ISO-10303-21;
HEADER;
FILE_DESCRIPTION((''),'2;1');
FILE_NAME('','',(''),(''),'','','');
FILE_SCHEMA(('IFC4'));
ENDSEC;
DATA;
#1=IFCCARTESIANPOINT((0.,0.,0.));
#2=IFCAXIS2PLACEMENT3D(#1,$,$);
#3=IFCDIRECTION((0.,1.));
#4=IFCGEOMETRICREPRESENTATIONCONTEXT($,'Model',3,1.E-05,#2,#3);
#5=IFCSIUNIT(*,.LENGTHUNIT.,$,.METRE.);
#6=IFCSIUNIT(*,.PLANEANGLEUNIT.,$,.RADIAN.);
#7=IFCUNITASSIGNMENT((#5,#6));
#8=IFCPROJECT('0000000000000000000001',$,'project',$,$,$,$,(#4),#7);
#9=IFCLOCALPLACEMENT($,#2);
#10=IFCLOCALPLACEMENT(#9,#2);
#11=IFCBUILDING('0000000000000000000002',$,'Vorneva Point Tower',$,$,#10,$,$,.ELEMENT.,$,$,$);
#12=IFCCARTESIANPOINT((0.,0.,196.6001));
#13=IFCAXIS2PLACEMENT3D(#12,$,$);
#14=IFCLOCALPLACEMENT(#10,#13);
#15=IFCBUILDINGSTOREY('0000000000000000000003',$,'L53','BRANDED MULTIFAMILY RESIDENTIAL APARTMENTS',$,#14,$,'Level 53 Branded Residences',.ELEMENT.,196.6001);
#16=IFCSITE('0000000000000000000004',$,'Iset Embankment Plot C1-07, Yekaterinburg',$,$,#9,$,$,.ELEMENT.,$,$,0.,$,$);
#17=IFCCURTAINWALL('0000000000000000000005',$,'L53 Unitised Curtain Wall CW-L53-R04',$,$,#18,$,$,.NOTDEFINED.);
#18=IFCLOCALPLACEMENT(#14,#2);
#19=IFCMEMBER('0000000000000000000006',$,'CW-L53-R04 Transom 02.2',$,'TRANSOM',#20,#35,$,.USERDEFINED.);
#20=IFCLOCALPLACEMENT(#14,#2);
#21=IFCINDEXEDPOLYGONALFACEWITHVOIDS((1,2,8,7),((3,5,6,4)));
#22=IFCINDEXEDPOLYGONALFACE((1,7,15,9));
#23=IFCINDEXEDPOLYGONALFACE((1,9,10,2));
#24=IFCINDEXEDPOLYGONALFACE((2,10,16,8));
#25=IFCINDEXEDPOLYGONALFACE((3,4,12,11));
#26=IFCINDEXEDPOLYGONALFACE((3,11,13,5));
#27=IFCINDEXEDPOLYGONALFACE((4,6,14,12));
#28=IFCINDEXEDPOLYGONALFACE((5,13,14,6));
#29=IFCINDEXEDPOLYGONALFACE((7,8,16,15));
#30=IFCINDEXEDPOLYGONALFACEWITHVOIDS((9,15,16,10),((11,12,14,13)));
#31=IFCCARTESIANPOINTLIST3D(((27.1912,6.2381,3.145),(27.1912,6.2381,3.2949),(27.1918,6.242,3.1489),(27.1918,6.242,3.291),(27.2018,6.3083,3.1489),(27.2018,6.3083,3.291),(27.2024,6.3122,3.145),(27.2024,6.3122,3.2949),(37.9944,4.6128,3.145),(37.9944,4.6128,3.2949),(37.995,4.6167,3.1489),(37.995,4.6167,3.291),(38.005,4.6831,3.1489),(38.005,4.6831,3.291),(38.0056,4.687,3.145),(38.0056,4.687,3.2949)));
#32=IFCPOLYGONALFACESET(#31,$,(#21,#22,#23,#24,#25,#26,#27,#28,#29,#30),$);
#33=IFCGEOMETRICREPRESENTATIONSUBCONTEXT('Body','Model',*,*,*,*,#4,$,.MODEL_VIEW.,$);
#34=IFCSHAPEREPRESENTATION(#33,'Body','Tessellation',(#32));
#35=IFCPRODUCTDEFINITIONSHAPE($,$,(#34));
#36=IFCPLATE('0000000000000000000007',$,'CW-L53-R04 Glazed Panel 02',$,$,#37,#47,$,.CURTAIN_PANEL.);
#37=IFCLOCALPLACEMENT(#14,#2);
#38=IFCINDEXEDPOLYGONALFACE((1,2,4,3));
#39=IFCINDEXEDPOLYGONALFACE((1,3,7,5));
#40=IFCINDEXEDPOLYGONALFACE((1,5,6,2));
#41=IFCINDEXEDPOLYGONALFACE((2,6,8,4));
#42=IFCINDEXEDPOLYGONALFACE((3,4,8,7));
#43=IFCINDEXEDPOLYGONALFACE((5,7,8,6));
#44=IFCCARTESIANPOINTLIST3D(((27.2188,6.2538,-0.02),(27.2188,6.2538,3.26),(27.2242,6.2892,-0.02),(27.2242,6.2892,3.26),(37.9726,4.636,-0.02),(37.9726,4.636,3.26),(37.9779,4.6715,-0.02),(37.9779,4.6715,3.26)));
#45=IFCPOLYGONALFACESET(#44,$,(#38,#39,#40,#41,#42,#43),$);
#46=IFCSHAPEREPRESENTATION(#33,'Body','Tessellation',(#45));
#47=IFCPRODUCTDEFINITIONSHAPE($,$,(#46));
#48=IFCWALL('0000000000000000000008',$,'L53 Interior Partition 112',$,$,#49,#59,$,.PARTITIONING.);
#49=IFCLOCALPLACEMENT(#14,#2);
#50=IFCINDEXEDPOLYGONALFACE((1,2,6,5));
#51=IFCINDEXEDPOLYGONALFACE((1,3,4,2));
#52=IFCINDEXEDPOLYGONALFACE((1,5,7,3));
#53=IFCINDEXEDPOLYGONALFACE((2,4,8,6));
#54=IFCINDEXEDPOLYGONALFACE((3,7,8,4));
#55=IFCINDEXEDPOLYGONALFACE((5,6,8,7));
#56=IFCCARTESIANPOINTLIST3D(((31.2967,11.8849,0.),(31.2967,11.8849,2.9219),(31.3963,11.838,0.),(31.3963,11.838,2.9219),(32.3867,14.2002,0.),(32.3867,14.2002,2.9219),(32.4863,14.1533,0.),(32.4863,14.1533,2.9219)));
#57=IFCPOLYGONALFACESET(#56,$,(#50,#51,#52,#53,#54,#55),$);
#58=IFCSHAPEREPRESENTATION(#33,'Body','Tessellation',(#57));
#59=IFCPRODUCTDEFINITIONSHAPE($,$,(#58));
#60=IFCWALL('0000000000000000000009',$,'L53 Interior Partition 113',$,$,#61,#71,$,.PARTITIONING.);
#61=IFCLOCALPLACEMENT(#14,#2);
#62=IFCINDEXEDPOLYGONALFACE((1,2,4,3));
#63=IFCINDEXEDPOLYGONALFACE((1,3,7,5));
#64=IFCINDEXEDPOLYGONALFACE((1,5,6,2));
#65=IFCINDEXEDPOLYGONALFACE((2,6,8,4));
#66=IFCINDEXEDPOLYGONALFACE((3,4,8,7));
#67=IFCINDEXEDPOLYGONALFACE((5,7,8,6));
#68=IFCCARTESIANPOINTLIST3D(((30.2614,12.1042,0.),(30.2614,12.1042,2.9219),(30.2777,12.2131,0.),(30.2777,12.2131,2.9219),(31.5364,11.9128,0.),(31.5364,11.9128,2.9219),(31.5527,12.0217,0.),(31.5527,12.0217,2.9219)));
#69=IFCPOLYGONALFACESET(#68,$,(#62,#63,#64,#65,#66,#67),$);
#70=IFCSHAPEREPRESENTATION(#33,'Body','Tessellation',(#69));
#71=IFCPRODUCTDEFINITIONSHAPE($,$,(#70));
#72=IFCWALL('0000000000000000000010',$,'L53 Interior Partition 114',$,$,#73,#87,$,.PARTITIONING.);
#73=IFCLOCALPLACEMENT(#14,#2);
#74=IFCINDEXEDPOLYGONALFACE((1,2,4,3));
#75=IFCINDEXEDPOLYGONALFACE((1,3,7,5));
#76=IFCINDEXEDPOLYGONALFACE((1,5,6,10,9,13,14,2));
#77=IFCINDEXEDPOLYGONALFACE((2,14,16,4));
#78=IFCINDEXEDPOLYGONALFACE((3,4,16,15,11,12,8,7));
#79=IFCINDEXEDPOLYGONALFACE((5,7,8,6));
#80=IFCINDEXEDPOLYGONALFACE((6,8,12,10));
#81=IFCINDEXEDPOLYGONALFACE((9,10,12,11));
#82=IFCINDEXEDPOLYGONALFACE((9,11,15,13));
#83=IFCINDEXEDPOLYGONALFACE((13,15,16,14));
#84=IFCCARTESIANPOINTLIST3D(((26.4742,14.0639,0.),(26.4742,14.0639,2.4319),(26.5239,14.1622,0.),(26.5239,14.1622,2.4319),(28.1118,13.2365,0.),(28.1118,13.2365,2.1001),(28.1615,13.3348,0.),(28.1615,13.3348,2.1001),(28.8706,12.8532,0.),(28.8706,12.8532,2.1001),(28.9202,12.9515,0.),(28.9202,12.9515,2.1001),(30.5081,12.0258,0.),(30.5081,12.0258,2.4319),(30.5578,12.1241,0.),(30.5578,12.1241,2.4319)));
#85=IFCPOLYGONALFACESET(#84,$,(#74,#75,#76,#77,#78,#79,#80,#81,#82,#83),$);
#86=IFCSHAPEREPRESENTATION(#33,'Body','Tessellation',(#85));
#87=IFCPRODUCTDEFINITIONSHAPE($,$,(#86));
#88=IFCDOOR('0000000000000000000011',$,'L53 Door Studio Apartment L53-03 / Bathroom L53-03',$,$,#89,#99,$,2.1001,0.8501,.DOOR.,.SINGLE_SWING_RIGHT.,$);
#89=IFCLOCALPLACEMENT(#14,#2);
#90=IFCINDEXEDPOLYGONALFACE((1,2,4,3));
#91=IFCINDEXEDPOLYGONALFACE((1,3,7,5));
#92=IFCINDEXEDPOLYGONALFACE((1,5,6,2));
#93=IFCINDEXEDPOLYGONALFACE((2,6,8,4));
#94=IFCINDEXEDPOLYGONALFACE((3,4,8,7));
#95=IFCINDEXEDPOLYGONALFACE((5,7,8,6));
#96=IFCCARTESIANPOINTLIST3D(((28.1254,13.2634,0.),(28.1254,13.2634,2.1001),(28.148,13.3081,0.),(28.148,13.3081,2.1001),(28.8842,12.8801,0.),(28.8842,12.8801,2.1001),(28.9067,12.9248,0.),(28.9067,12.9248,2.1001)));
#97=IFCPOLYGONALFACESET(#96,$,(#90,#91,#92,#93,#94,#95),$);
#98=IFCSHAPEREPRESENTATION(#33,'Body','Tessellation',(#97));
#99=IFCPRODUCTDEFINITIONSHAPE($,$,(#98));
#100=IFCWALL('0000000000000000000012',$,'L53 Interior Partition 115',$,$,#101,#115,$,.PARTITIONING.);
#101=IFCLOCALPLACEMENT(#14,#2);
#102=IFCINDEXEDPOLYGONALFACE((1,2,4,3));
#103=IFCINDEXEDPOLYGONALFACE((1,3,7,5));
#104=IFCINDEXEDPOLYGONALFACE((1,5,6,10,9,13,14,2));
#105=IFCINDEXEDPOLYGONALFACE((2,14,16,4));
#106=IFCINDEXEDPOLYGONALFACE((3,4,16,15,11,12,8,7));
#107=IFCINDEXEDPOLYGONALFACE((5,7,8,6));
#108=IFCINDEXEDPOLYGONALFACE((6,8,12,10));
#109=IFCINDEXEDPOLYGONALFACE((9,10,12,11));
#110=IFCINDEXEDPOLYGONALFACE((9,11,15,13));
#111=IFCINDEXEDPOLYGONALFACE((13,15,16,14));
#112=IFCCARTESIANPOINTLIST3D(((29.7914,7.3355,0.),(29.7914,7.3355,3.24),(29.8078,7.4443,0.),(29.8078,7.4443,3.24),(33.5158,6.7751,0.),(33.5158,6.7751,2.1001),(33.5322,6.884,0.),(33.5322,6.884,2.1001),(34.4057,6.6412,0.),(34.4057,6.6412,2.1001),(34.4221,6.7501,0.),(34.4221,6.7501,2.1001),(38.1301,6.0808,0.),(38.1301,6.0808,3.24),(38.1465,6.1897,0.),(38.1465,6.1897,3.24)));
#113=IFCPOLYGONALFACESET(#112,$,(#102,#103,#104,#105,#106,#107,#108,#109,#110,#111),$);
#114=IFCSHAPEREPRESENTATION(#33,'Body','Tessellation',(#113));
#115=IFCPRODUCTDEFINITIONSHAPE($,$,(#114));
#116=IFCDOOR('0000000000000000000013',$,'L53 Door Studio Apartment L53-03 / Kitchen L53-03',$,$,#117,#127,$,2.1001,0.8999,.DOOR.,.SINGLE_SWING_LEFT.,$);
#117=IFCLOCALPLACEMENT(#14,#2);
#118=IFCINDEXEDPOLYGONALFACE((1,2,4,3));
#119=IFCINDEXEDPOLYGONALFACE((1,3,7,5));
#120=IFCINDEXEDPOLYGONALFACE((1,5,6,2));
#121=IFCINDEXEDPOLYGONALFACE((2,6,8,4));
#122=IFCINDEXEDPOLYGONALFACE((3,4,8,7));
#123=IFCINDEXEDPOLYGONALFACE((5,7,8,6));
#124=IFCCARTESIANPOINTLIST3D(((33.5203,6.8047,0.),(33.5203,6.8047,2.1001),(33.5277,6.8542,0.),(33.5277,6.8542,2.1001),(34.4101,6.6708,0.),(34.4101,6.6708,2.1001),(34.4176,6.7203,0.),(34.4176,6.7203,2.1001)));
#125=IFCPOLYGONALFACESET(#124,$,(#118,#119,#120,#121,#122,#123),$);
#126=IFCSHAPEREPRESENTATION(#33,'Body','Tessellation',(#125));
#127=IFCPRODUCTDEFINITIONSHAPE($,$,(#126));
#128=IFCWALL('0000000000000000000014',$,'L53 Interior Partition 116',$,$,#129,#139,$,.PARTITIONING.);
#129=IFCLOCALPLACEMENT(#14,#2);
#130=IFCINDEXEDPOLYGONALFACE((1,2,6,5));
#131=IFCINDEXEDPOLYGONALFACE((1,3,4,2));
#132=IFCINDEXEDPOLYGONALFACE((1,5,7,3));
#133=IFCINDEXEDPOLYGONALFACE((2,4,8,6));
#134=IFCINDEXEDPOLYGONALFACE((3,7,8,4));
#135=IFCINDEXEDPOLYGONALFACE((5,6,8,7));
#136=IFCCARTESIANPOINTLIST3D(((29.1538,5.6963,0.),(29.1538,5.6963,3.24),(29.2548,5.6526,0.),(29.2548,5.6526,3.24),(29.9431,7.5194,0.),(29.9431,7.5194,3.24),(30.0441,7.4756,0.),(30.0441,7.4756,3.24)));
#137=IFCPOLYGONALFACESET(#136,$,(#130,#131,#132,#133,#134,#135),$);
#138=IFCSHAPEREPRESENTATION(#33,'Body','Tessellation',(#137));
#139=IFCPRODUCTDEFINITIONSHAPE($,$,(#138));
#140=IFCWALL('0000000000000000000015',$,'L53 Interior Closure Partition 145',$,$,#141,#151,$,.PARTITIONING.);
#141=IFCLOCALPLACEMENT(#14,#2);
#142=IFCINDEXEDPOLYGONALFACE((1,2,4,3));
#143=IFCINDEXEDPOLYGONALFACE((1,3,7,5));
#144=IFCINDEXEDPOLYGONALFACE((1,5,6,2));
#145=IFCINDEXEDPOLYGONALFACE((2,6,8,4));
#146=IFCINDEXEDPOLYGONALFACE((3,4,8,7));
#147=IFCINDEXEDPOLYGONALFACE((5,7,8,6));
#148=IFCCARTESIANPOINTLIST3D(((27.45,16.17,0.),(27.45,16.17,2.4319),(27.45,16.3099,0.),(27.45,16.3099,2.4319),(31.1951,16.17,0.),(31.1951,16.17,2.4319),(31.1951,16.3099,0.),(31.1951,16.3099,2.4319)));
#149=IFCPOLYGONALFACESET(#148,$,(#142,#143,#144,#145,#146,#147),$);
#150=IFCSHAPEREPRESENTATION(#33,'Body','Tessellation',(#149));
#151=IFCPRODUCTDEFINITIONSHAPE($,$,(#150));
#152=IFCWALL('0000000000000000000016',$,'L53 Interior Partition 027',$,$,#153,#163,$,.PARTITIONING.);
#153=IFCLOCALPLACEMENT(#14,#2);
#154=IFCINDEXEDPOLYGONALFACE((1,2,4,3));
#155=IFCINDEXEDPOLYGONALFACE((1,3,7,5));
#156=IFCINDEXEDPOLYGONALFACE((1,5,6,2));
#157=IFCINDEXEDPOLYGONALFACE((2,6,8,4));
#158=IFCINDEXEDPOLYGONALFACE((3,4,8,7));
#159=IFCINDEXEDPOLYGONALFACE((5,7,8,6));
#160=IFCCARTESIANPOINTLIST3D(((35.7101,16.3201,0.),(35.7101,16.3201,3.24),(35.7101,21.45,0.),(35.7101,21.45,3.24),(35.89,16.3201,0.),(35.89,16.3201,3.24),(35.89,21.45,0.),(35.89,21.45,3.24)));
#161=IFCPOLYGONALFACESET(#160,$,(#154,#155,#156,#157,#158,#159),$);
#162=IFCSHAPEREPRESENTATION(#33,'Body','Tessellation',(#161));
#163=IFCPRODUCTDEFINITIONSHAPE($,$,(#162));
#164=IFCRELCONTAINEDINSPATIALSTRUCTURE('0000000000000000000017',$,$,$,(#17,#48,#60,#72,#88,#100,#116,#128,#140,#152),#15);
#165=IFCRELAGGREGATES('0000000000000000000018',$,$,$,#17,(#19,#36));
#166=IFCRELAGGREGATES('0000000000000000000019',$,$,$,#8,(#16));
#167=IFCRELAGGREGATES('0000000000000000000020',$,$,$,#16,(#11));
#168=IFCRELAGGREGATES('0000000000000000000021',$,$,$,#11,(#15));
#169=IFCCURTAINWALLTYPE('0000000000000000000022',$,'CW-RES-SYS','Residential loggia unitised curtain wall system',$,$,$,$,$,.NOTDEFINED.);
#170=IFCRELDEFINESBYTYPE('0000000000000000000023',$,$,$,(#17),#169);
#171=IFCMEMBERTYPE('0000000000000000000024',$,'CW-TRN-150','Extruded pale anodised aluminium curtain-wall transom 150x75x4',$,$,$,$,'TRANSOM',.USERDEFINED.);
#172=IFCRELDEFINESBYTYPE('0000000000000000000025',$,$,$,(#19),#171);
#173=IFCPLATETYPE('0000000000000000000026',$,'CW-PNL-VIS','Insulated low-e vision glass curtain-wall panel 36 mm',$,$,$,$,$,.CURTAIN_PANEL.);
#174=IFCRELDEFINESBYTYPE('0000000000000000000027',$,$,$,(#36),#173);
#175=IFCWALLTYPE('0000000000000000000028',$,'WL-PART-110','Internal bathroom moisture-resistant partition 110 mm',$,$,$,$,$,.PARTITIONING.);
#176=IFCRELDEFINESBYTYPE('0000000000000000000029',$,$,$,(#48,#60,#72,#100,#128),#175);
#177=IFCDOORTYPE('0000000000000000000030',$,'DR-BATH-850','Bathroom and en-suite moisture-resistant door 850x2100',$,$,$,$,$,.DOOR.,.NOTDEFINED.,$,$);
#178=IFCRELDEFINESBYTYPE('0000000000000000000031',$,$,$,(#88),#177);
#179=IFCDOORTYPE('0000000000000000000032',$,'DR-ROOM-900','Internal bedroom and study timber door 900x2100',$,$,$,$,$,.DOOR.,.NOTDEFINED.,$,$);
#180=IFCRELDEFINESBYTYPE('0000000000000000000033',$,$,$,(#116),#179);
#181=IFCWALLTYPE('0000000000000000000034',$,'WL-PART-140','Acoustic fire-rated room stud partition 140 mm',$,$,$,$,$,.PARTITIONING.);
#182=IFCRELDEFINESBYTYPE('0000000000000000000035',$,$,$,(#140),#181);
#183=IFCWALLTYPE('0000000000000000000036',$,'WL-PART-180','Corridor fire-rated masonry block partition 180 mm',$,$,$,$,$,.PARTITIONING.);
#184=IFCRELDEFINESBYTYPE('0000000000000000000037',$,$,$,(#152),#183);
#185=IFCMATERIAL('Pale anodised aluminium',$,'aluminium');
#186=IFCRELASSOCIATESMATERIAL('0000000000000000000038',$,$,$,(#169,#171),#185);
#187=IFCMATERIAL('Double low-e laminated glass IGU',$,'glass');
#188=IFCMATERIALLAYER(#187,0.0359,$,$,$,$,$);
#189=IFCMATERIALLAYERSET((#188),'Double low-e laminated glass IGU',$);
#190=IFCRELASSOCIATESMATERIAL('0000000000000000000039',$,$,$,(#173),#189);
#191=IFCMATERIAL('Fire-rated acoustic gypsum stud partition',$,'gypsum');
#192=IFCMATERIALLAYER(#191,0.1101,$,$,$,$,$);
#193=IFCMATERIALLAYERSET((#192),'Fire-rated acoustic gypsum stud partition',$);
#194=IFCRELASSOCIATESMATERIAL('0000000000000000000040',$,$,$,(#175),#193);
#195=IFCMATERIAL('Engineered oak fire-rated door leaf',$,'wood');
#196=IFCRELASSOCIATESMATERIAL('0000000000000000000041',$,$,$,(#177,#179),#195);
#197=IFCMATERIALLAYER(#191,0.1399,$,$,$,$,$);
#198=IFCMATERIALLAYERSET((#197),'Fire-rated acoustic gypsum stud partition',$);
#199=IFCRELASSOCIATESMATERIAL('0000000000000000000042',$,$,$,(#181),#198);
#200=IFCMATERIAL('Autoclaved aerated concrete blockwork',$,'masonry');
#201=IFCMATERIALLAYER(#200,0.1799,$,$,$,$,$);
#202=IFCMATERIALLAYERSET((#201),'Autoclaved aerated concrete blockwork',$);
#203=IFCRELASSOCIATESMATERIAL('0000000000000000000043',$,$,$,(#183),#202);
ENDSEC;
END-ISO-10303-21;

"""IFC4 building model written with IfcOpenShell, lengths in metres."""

from ifc_helpers import new_model, si_unit, direction, frame, frame_2d, origin, origin_2d, place, context, subcontext, project, spatial, rectangle, hollow_rectangle, extrude, material, layer, layer_set, material_profile, profile_set, type_object, element, fill, aggregate, save


model = new_model("IFC4")

# Units and contexts
model_context = context("Model", 3, precision=1e-05, world=origin(), true_north=direction((0.0, 1.0)))
body_context = subcontext(model_context, "Body", "Model", "MODEL_VIEW")
ifc_project = project(units=[si_unit("LENGTHUNIT", "METRE"), si_unit("PLANEANGLEUNIT", "RADIAN")], contexts=[model_context])

# Site, building, storey
site_placement = place(None, origin())
site = spatial("IfcSite", under=ifc_project, at=site_placement, Name="Iset Embankment Plot C1-07, Yekaterinburg", CompositionType="ELEMENT", RefElevation=0.0)
building_placement = place(site_placement, origin())
building = spatial("IfcBuilding", under=site, at=building_placement, Name="Vorneva Point Tower", CompositionType="ELEMENT")
storey_placement = place(building_placement, frame((0.0, 0.0, 196.6001)))
storey = spatial("IfcBuildingStorey", under=building, at=storey_placement, Name="L53", Description="BRANDED MULTIFAMILY RESIDENTIAL APARTMENTS", LongName="Level 53 Branded Residences", CompositionType="ELEMENT", Elevation=196.6001)

# Curtain wall, member, plate
ifc_material_1 = material(Name="Pale anodised aluminium", Category="aluminium")
curtain_wall_type = type_object("IfcCurtainWallType", Name="CW-RES-SYS", Description="Residential loggia unitised curtain wall system", PredefinedType="NOTDEFINED", material=ifc_material_1)
curtain_wall_placement = place(storey_placement, origin())
curtain_wall = element("IfcCurtainWall", 1, at=curtain_wall_placement, inside=storey, type_object=curtain_wall_type, Name="L53 Unitised Curtain Wall CW-L53-R04", PredefinedType="NOTDEFINED")
ifc_material_profile_1 = material_profile(ifc_material_1, hollow_rectangle(XDim=0.075, YDim=0.1499, WallThickness=0.0039, at=origin_2d()), Name="AL-TRN 150x75x4")
ifc_profile_set_1 = profile_set([ifc_material_profile_1], Name="Pale anodised aluminium")
member_type_1 = type_object("IfcMemberType", Name="CW-TRN-150", Description="Extruded pale anodised aluminium curtain-wall transom 150x75x4", ElementType="TRANSOM", PredefinedType="USERDEFINED", material=ifc_profile_set_1)
member_1_placement = place(storey_placement, frame((27.1968, 6.2751, 3.22), z_axis=(0.988872, -0.148767, 0.0), x_axis=(0.148767, 0.988872, 0.0)))
member_1 = element("IfcMember", 2, at=member_1_placement, type_object=member_type_1, Name="CW-L53-R04 Transom 02.2", ObjectType="TRANSOM", PredefinedType="USERDEFINED", context=body_context, shape_type="SweptSolid", body=[
    extrude(hollow_rectangle(XDim=0.075, YDim=0.1499, WallThickness=0.0039, at=origin_2d()), origin(), (0.0, 0.0, 1.0), 10.9248),
])
ifc_material_2 = material(Name="Double low-e laminated glass IGU", Category="glass")
ifc_layer_1 = layer(ifc_material_2, 0.0359)
ifc_layer_set_1 = layer_set([ifc_layer_1], Name="Double low-e laminated glass IGU")
plate_type = type_object("IfcPlateType", Name="CW-PNL-VIS", Description="Insulated low-e vision glass curtain-wall panel 36 mm", PredefinedType="CURTAIN_PANEL", material=ifc_layer_set_1)
plate_placement = place(storey_placement, frame((32.5984, 5.4626, -0.02), z_axis=(0.0, 0.0, 1.0), x_axis=(0.988874, -0.148759, 0.0)))
plate = element("IfcPlate", 3, at=plate_placement, type_object=plate_type, Name="CW-L53-R04 Glazed Panel 02", PredefinedType="CURTAIN_PANEL", context=body_context, shape_type="SweptSolid", body=[
    extrude(rectangle(XDim=10.8748, YDim=0.0359, at=origin_2d()), origin(), (0.0, 0.0, 1.0), 3.28),
])
aggregate(curtain_wall, [member_1, plate])

# Walls
ifc_material_3 = material(Name="Fire-rated acoustic gypsum stud partition", Category="gypsum")
ifc_layer_2 = layer(ifc_material_3, 0.1101)
ifc_layer_set_2 = layer_set([ifc_layer_2], Name="Fire-rated acoustic gypsum stud partition")
wall_type_1 = type_object("IfcWallType", Name="WL-PART-110", Description="Internal bathroom moisture-resistant partition 110 mm", PredefinedType="PARTITIONING", material=ifc_layer_set_2)
wall_1_placement = place(storey_placement, frame((32.4365, 14.1768, 0.0), z_axis=(0.0, 0.0, 1.0), x_axis=(-0.425949, -0.904747, 0.0)))
element("IfcWall", 4, at=wall_1_placement, inside=storey, type_object=wall_type_1, Name="L53 Interior Partition 112", PredefinedType="PARTITIONING", context=body_context, shape_type="SweptSolid", body=[
    extrude(rectangle(XDim=2.5591, YDim=0.1101, at=frame_2d((1.2795, 0.0))), origin(), (0.0, 0.0, 1.0), 2.9219),
])
wall_2_placement = place(storey_placement, frame((31.5444, 11.9673, 0.0), z_axis=(0.0, 0.0, 1.0), x_axis=(-0.988917, 0.14847, 0.0)))
element("IfcWall", 5, at=wall_2_placement, inside=storey, type_object=wall_type_1, Name="L53 Interior Partition 113", PredefinedType="PARTITIONING", context=body_context, shape_type="SweptSolid", body=[
    extrude(rectangle(XDim=1.2893, YDim=0.1101, at=frame_2d((0.6445, 0.0))), origin(), (0.0, 0.0, 1.0), 2.9219),
])

# Walls, openings, doors
wall_3_placement = place(storey_placement, frame((30.533, 12.075, 0.0), z_axis=(0.0, 0.0, 1.0), x_axis=(-0.89255, 0.450948, 0.0)))
wall_3 = element("IfcWall", 6, at=wall_3_placement, inside=storey, type_object=wall_type_1, Name="L53 Interior Partition 114", PredefinedType="PARTITIONING", context=body_context, shape_type="SweptSolid", body=[
    extrude(rectangle(XDim=4.5195, YDim=0.1101, at=frame_2d((2.2598, 0.0))), origin(), (0.0, 0.0, 1.0), 2.4319),
])
opening_1_placement = place(wall_3_placement, frame((1.8347, 0.0, 0.0)))
opening_1 = element("IfcOpeningElement", 7, at=opening_1_placement, cuts=wall_3, PredefinedType="OPENING", context=body_context, shape_type="SweptSolid", body=[
    extrude(rectangle(XDim=0.8501, YDim=2.1001, at=frame_2d((0.425, 1.05))), frame((0.0, 0.0698, 0.0), z_axis=(0.0, -1.0, 0.0), x_axis=(1.0, 0.0, 0.0)), (0.0, 0.0, 1.0), 0.1399),
])
ifc_material_4 = material(Name="Engineered oak fire-rated door leaf", Category="wood")
door_type_1 = type_object("IfcDoorType", Name="DR-BATH-850", Description="Bathroom and en-suite moisture-resistant door 850x2100", OperationType="NOTDEFINED", PredefinedType="DOOR", material=ifc_material_4)
door_1_placement = place(opening_1_placement, origin())
door_1 = element("IfcDoor", 8, at=door_1_placement, inside=storey, type_object=door_type_1, Name="L53 Door Studio Apartment L53-03 / Bathroom L53-03", OperationType="SINGLE_SWING_RIGHT", OverallHeight=2.1001, OverallWidth=0.8501, PredefinedType="DOOR", context=body_context, shape_type="SweptSolid", body=[
    extrude(rectangle(XDim=0.8501, YDim=2.1001, at=frame_2d((0.425, 1.05))), frame((0.0, 0.0249, 0.0), z_axis=(0.0, -1.0, 0.0), x_axis=(1.0, 0.0, 0.0)), (0.0, 0.0, 1.0), 0.05),
])
fill(opening_1, door_1)
wall_4_placement = place(storey_placement, frame((29.7996, 7.3899, 0.0), z_axis=(0.0, 0.0, 1.0), x_axis=(0.98887, -0.148782, 0.0)))
wall_4 = element("IfcWall", 9, at=wall_4_placement, inside=storey, type_object=wall_type_1, Name="L53 Interior Partition 115", PredefinedType="PARTITIONING", context=body_context, shape_type="SweptSolid", body=[
    extrude(rectangle(XDim=8.4326, YDim=0.1101, at=frame_2d((4.2163, 0.0))), origin(), (0.0, 0.0, 1.0), 3.24),
])
opening_2_placement = place(wall_4_placement, frame((3.7664, 0.0, 0.0)))
opening_2 = element("IfcOpeningElement", 10, at=opening_2_placement, cuts=wall_4, PredefinedType="OPENING", context=body_context, shape_type="SweptSolid", body=[
    extrude(rectangle(XDim=0.8999, YDim=2.1001, at=frame_2d((0.45, 1.05))), frame((0.0, 0.0698, 0.0), z_axis=(0.0, -1.0, 0.0), x_axis=(1.0, 0.0, 0.0)), (0.0, 0.0, 1.0), 0.1399),
])
door_type_2 = type_object("IfcDoorType", Name="DR-ROOM-900", Description="Internal bedroom and study timber door 900x2100", OperationType="NOTDEFINED", PredefinedType="DOOR", material=ifc_material_4)
door_2_placement = place(opening_2_placement, origin())
door_2 = element("IfcDoor", 11, at=door_2_placement, inside=storey, type_object=door_type_2, Name="L53 Door Studio Apartment L53-03 / Kitchen L53-03", OperationType="SINGLE_SWING_LEFT", OverallHeight=2.1001, OverallWidth=0.8999, PredefinedType="DOOR", context=body_context, shape_type="SweptSolid", body=[
    extrude(rectangle(XDim=0.8999, YDim=2.1001, at=frame_2d((0.45, 1.05))), frame((0.0, 0.0249, 0.0), z_axis=(0.0, -1.0, 0.0), x_axis=(1.0, 0.0, 0.0)), (0.0, 0.0, 1.0), 0.05),
])
fill(opening_2, door_2)

# Walls
wall_5_placement = place(storey_placement, frame((29.2043, 5.6746, 0.0), z_axis=(0.0, 0.0, 1.0), x_axis=(0.397328, 0.917677, 0.0)))
element("IfcWall", 12, at=wall_5_placement, inside=storey, type_object=wall_type_1, Name="L53 Interior Partition 116", PredefinedType="PARTITIONING", context=body_context, shape_type="SweptSolid", body=[
    extrude(rectangle(XDim=1.9866, YDim=0.1101, at=frame_2d((0.9932, 0.0))), origin(), (0.0, 0.0, 1.0), 3.24),
])
ifc_layer_3 = layer(ifc_material_3, 0.1399)
ifc_layer_set_3 = layer_set([ifc_layer_3], Name="Fire-rated acoustic gypsum stud partition")
wall_type_2 = type_object("IfcWallType", Name="WL-PART-140", Description="Acoustic fire-rated room stud partition 140 mm", PredefinedType="PARTITIONING", material=ifc_layer_set_3)
wall_6_placement = place(storey_placement, frame((27.45, 16.24, 0.0), z_axis=(0.0, 0.0, 1.0), x_axis=(1.0, 0.0, 0.0)))
element("IfcWall", 13, at=wall_6_placement, inside=storey, type_object=wall_type_2, Name="L53 Interior Closure Partition 145", PredefinedType="PARTITIONING", context=body_context, shape_type="SweptSolid", body=[
    extrude(rectangle(XDim=3.7451, YDim=0.1399, at=frame_2d((1.8726, 0.0))), origin(), (0.0, 0.0, 1.0), 2.4319),
])
ifc_material_5 = material(Name="Autoclaved aerated concrete blockwork", Category="masonry")
ifc_layer_4 = layer(ifc_material_5, 0.1799)
ifc_layer_set_4 = layer_set([ifc_layer_4], Name="Autoclaved aerated concrete blockwork")
wall_type_3 = type_object("IfcWallType", Name="WL-PART-180", Description="Corridor fire-rated masonry block partition 180 mm", PredefinedType="PARTITIONING", material=ifc_layer_set_4)
wall_7_placement = place(storey_placement, frame((35.8, 16.3201, 0.0), z_axis=(0.0, 0.0, 1.0), x_axis=(0.0, 1.0, 0.0)))
element("IfcWall", 14, at=wall_7_placement, inside=storey, type_object=wall_type_3, Name="L53 Interior Partition 027", PredefinedType="PARTITIONING", context=body_context, shape_type="SweptSolid", body=[
    extrude(rectangle(XDim=5.1299, YDim=0.1799, at=frame_2d((2.5649, 0.0))), origin(), (0.0, 0.0, 1.0), 3.24),
])

save(model, "model.ifc")
